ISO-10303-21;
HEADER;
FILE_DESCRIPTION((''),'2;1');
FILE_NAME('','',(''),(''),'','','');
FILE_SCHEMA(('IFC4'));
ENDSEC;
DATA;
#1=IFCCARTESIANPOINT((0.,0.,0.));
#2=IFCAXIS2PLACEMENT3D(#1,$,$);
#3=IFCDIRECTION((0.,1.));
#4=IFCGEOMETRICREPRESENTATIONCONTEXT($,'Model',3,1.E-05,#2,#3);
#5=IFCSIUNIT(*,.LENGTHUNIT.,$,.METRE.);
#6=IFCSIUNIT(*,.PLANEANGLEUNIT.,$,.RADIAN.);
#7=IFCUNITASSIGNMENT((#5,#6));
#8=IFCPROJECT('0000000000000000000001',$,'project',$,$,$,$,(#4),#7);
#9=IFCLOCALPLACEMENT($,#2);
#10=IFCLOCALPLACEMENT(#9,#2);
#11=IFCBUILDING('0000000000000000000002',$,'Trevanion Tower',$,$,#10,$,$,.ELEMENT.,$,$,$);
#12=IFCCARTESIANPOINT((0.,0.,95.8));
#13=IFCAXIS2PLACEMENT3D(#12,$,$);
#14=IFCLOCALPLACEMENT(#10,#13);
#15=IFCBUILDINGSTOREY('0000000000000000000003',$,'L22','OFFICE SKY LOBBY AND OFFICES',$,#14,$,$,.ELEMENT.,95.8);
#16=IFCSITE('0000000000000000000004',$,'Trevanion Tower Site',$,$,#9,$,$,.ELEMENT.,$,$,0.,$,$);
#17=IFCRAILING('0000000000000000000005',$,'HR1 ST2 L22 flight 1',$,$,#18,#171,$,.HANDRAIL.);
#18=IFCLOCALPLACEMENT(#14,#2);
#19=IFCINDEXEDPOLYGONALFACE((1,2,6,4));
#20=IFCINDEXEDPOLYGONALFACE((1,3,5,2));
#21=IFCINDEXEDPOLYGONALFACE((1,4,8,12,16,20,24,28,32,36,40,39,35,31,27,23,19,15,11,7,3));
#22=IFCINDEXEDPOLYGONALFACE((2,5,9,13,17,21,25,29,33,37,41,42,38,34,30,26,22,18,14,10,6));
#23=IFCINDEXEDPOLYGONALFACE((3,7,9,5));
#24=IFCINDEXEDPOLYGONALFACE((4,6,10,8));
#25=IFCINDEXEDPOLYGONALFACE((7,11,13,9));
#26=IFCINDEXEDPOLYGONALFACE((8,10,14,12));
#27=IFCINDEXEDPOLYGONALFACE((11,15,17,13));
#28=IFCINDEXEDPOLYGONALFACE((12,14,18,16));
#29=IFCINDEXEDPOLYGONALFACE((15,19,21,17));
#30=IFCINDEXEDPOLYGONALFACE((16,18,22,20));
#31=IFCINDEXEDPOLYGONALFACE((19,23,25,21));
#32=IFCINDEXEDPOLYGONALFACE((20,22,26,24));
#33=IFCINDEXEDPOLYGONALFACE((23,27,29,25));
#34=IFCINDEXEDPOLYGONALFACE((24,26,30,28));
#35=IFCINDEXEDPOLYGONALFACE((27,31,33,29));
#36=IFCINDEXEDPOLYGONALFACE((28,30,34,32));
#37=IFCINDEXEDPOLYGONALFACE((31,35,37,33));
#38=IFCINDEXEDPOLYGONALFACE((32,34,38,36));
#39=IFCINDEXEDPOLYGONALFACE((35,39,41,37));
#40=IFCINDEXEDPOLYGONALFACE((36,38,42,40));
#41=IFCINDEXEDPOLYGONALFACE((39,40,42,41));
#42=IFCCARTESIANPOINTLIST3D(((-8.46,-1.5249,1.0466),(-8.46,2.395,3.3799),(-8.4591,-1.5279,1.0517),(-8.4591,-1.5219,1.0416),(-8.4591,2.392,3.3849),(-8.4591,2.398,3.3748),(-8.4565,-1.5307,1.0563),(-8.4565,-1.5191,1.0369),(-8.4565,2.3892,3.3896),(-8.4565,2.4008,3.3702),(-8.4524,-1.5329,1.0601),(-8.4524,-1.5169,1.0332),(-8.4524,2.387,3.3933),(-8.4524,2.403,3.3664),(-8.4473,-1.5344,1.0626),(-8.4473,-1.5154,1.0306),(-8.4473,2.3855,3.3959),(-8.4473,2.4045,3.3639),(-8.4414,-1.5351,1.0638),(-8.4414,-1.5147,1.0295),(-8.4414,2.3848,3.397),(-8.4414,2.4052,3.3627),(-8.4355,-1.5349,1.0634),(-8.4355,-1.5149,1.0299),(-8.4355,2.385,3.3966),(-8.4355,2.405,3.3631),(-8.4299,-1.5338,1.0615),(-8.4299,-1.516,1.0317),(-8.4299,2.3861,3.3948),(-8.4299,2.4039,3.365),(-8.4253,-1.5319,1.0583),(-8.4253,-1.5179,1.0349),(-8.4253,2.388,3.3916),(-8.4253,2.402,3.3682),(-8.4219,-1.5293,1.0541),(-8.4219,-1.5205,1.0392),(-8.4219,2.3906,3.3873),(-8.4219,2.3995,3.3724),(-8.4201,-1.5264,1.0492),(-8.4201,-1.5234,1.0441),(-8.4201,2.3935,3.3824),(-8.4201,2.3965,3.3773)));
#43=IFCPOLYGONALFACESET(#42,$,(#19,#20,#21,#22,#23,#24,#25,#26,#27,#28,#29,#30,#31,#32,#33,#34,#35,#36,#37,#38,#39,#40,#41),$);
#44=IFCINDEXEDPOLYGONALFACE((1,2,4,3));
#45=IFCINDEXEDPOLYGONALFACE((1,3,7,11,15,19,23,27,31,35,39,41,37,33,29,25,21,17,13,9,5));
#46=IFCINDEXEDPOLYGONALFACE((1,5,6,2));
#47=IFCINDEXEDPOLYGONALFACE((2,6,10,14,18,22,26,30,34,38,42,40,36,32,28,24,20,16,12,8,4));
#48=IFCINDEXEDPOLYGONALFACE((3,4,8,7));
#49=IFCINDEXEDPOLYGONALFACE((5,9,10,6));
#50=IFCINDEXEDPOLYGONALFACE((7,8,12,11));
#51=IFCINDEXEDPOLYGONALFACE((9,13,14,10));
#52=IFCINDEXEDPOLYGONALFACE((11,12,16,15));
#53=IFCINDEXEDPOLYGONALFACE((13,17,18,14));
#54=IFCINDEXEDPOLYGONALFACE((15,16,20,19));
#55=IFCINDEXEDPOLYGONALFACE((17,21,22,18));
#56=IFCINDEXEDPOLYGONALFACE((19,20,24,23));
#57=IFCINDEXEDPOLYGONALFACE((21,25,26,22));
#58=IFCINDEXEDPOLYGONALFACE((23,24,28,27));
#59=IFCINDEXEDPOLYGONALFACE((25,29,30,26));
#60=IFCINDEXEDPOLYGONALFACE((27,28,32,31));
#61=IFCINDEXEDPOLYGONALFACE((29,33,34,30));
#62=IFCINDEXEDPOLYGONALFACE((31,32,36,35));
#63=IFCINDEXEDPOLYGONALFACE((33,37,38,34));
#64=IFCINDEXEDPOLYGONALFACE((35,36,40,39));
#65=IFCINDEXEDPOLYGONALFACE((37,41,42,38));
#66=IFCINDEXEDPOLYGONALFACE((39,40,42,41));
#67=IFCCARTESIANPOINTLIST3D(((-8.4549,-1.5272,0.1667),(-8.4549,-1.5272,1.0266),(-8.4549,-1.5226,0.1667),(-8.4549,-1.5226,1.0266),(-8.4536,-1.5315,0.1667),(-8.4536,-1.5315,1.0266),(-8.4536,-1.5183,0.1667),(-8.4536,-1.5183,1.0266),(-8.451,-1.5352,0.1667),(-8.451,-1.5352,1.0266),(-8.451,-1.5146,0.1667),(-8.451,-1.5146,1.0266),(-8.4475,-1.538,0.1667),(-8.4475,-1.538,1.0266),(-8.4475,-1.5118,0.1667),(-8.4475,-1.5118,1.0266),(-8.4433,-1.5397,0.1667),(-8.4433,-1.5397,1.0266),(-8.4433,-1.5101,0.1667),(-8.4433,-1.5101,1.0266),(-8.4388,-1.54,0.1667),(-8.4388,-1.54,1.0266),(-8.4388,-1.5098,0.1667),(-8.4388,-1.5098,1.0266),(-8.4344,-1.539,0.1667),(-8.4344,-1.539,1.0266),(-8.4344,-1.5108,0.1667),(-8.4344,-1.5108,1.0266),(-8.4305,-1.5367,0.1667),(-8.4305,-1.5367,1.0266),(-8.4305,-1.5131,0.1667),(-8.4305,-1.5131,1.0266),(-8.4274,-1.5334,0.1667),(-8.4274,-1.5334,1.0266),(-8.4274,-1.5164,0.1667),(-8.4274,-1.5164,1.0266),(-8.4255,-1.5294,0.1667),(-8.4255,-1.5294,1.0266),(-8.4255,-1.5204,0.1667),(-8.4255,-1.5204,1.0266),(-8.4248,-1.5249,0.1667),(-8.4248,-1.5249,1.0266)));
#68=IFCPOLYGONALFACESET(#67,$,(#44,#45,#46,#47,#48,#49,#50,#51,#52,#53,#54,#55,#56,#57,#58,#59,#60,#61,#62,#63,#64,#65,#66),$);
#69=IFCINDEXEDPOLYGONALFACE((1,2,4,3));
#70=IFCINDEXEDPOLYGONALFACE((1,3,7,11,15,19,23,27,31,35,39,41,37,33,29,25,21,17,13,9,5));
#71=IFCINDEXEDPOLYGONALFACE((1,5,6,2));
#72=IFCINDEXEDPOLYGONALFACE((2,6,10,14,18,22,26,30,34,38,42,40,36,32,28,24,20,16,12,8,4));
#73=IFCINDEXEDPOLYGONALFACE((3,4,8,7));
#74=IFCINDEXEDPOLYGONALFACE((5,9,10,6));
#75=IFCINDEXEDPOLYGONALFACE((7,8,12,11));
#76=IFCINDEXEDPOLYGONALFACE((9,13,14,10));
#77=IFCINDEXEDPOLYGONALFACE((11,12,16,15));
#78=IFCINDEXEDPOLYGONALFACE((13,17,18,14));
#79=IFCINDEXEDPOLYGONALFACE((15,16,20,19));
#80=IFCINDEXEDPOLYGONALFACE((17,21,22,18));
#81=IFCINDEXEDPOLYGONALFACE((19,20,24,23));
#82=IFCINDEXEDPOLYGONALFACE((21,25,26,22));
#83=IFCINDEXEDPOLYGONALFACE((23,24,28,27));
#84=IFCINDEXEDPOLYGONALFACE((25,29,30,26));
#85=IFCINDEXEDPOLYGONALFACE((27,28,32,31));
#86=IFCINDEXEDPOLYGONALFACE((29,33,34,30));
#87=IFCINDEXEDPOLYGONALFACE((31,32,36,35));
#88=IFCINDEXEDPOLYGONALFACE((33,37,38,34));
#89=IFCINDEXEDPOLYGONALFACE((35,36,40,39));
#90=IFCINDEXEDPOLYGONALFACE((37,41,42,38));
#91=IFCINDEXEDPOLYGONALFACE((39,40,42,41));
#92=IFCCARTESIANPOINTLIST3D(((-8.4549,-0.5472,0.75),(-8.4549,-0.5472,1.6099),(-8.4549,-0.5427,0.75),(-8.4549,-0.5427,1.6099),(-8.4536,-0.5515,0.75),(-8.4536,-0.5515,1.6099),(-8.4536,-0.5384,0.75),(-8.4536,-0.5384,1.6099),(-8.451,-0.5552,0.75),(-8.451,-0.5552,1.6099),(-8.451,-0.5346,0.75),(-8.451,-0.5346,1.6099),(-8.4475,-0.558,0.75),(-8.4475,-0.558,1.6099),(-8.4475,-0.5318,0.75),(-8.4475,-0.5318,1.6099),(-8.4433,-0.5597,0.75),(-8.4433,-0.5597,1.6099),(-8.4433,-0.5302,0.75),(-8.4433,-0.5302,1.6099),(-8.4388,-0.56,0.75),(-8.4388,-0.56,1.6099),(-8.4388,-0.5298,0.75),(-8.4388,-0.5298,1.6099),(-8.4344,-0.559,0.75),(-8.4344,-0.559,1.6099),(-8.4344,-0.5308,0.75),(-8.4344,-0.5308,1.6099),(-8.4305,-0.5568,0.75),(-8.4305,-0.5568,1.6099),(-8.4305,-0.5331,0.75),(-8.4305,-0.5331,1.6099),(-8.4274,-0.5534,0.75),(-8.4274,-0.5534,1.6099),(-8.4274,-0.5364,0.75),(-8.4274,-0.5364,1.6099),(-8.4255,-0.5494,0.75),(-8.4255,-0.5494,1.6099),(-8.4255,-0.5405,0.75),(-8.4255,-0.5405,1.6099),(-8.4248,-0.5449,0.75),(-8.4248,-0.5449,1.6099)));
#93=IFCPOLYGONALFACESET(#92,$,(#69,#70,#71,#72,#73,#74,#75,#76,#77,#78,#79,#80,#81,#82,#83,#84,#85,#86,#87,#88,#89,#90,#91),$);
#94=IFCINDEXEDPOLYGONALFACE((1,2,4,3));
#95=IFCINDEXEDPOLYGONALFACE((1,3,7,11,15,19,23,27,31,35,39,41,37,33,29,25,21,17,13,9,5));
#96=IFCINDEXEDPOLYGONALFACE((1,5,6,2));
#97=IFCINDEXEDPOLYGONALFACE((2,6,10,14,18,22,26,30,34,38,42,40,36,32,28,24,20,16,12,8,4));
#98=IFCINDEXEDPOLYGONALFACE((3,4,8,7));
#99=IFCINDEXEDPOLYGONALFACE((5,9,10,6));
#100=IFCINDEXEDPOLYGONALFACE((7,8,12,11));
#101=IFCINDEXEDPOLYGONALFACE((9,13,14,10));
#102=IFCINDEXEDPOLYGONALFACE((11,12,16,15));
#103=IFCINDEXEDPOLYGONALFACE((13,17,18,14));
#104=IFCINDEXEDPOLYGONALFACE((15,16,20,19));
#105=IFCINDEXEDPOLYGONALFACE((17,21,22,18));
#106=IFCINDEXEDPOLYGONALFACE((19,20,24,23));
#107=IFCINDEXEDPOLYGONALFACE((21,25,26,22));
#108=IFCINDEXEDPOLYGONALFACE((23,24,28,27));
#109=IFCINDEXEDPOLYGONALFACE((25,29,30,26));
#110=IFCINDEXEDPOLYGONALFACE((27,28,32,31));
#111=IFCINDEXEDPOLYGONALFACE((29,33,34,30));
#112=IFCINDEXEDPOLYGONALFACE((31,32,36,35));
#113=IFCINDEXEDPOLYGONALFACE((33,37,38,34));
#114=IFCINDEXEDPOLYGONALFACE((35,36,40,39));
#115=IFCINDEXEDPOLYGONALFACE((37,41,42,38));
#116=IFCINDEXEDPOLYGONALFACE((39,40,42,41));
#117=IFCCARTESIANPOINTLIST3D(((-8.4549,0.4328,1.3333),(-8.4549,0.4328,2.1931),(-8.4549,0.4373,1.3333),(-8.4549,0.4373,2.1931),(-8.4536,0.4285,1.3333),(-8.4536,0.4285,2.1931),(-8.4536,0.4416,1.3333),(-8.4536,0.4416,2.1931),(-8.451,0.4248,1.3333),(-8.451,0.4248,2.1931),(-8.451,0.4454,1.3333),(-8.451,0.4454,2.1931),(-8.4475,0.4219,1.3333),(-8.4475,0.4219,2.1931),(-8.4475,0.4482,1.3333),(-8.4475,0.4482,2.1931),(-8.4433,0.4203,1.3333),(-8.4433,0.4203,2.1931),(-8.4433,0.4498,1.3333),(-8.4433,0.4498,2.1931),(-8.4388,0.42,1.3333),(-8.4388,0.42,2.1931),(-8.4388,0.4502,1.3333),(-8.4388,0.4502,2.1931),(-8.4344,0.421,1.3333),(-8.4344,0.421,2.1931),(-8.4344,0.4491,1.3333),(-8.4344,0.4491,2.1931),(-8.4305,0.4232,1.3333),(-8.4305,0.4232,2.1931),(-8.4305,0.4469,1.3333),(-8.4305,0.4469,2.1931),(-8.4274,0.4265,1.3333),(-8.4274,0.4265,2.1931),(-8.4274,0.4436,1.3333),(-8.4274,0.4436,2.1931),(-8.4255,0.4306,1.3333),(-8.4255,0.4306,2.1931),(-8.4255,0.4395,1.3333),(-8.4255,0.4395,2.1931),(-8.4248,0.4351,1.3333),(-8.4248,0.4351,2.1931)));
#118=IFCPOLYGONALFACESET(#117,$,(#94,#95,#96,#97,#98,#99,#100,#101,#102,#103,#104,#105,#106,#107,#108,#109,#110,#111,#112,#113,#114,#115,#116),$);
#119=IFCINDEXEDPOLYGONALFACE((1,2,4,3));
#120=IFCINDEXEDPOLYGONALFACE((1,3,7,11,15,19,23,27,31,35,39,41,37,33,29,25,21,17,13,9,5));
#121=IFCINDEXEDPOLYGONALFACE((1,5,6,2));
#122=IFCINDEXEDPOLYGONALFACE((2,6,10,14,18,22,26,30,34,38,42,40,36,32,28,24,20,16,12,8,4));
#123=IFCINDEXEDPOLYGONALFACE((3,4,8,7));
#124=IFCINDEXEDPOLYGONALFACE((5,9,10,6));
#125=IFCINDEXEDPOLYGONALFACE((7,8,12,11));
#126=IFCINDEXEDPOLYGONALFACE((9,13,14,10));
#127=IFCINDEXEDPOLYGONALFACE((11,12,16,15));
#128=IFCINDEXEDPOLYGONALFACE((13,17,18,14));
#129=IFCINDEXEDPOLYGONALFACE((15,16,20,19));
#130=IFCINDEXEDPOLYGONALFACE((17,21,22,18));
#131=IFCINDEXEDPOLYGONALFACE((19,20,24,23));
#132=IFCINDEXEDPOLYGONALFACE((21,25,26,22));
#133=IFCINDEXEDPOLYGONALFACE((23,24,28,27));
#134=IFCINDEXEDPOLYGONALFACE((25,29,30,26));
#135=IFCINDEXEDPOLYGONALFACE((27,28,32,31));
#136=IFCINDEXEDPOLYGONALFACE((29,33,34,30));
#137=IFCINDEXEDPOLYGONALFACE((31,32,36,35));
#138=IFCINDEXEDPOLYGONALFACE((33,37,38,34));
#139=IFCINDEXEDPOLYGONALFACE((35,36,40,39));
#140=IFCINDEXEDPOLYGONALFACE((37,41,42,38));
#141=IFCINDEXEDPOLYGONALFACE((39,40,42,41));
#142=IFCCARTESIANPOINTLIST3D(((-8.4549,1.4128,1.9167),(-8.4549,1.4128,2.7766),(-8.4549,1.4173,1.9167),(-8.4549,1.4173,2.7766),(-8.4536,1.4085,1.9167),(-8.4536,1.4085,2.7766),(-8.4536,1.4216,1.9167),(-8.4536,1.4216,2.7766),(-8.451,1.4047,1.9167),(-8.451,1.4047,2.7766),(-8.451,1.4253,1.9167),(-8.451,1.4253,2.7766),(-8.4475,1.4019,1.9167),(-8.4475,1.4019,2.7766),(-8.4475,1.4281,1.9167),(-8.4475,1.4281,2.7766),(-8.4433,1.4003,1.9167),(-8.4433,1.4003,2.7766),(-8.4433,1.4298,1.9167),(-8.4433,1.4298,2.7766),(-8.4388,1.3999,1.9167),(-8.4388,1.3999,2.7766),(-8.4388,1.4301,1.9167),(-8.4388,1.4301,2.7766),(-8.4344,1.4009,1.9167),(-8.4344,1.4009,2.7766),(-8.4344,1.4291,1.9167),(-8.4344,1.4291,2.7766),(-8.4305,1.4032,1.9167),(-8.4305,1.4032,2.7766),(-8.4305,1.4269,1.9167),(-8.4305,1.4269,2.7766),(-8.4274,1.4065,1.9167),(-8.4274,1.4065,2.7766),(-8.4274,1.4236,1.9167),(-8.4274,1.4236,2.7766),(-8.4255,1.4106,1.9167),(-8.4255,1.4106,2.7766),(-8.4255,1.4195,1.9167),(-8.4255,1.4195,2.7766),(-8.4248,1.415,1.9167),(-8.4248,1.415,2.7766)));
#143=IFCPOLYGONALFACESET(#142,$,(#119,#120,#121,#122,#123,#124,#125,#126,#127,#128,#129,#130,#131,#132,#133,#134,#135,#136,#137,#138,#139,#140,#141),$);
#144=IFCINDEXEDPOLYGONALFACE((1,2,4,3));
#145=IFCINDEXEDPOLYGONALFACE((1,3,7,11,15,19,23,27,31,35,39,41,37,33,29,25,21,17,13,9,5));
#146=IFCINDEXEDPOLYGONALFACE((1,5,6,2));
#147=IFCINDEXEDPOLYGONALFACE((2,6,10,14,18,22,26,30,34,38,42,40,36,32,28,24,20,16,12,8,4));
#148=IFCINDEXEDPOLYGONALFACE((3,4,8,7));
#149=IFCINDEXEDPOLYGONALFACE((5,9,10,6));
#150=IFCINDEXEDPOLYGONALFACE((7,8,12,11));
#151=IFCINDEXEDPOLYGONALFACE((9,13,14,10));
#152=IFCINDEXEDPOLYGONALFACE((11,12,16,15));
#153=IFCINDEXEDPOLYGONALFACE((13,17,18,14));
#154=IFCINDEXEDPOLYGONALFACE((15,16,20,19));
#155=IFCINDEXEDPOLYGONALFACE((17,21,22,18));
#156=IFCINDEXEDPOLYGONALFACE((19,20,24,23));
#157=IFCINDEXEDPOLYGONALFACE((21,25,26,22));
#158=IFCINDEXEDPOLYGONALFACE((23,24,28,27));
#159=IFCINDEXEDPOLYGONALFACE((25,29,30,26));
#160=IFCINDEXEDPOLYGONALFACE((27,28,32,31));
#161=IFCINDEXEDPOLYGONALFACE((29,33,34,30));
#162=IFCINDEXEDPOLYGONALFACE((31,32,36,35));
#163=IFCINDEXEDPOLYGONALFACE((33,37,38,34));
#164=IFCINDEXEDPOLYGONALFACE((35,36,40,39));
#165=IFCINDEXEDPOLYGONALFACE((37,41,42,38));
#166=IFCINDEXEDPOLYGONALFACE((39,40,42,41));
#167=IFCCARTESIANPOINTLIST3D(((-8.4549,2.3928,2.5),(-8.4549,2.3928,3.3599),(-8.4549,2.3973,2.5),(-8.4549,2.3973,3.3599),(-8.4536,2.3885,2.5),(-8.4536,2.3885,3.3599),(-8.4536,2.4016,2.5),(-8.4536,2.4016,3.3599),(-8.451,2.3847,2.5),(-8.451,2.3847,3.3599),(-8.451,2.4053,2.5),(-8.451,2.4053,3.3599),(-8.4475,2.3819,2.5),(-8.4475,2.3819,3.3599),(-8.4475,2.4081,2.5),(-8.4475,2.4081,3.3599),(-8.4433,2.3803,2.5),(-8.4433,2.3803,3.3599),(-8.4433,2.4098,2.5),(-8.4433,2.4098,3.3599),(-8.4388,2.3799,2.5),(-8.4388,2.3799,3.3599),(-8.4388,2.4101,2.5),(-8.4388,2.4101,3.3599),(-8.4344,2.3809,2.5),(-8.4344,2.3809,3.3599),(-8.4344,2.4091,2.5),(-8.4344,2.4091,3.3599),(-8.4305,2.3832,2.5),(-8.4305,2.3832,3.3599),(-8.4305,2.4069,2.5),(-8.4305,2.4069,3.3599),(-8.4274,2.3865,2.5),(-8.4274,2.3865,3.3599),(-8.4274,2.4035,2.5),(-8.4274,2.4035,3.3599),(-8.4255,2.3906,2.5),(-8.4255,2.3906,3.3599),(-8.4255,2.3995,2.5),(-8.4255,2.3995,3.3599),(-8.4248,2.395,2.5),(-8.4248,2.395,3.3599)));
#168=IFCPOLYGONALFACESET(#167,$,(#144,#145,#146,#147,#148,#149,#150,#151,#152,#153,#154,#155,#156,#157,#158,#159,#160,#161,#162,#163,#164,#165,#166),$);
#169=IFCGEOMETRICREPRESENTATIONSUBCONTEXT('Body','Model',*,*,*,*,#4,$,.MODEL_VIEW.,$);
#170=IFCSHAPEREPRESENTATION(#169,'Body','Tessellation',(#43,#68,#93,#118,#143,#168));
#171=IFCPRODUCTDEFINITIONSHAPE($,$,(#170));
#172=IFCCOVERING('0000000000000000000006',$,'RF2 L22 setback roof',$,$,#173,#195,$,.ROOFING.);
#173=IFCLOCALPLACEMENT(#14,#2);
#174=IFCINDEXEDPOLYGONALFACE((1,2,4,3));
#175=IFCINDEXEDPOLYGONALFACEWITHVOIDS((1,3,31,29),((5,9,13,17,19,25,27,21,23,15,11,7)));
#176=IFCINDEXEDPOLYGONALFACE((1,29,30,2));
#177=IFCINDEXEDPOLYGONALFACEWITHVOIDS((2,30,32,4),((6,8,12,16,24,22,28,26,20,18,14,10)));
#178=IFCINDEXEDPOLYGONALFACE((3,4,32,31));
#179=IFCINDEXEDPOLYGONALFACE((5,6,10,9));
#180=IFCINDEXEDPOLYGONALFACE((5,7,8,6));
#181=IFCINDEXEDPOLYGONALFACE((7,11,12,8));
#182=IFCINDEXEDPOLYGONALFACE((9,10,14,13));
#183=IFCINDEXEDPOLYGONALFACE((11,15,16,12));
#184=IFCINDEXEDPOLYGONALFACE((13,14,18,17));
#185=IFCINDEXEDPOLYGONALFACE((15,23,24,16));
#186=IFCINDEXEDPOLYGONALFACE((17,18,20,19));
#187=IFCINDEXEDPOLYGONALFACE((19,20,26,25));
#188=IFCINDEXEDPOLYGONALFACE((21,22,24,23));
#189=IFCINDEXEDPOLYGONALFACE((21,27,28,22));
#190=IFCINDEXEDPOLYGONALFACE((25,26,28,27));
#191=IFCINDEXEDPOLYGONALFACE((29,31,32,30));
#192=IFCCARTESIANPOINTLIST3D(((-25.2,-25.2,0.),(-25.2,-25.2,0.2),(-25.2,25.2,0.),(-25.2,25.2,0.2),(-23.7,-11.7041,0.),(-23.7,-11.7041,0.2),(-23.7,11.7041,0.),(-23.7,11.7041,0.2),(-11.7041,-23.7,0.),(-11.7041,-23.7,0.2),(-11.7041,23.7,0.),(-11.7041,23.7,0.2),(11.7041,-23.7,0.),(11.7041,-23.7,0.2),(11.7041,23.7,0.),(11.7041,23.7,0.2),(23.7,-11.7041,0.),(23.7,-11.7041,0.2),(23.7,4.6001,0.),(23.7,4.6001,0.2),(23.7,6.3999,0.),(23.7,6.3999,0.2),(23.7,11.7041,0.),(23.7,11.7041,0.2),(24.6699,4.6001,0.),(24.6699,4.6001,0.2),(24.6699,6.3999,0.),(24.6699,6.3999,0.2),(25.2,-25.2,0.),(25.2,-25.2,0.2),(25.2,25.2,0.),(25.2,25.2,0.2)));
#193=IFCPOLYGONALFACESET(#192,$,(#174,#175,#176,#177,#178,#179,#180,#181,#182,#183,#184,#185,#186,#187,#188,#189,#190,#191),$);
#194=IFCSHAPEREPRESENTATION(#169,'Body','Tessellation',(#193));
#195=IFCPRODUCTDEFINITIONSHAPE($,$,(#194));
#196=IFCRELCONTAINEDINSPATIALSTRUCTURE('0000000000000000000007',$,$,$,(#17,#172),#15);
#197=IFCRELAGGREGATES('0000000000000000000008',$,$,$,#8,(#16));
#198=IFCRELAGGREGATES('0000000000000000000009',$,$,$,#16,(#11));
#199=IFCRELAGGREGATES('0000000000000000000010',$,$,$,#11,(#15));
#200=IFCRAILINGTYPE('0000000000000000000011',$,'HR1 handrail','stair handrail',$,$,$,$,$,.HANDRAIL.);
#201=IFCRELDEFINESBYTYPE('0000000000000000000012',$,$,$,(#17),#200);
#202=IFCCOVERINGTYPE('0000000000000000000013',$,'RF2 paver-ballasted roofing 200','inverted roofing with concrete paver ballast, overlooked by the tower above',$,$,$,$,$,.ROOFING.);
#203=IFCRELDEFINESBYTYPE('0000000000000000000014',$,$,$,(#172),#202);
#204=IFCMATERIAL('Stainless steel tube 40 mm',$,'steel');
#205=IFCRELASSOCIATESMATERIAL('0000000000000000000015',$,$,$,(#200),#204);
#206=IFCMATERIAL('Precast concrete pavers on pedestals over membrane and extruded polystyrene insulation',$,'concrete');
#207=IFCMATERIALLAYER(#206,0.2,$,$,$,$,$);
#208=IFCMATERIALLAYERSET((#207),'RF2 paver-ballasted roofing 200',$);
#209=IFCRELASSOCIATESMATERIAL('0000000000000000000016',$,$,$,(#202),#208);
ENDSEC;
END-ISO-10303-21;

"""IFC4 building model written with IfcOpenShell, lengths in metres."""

from ifc_helpers import new_model, si_unit, direction, frame, origin, origin_2d, place, context, subcontext, project, spatial, polyline, circle, outline, extrude, material, layer, layer_set, type_object, element, save


model = new_model("IFC4")

# Units and contexts
model_context = context("Model", 3, precision=1e-05, world=origin(), true_north=direction((0.0, 1.0)))
body_context = subcontext(model_context, "Body", "Model", "MODEL_VIEW")
ifc_project = project(units=[si_unit("LENGTHUNIT", "METRE"), si_unit("PLANEANGLEUNIT", "RADIAN")], contexts=[model_context])

# Site, building, storey
site_placement = place(None, origin())
site = spatial("IfcSite", under=ifc_project, at=site_placement, Name="Trevanion Tower Site", CompositionType="ELEMENT", RefElevation=0.0)
building_placement = place(site_placement, origin())
building = spatial("IfcBuilding", under=site, at=building_placement, Name="Trevanion Tower", CompositionType="ELEMENT")
storey_placement = place(building_placement, frame((0.0, 0.0, 95.8)))
storey = spatial("IfcBuildingStorey", under=building, at=storey_placement, Name="L22", Description="OFFICE SKY LOBBY AND OFFICES", CompositionType="ELEMENT", Elevation=95.8)

# Railing
ifc_material_1 = material(Name="Stainless steel tube 40 mm", Category="steel")
railing_type = type_object("IfcRailingType", Name="HR1 handrail", Description="stair handrail", PredefinedType="HANDRAIL", material=ifc_material_1)
for number, where, name in (
    (1, (-8.4399, -1.5249, 0.1667), "HR1 ST2 L22 flight 1"),
):
    element("IfcRailing", number, at=place(storey_placement, frame(where)), inside=storey, type_object=railing_type, Name=name, PredefinedType="HANDRAIL", context=body_context, shape_type="SweptSolid", body=[
        extrude(circle(Radius=0.02, at=origin_2d()), frame((0.0, 0.0, 0.8799), z_axis=(0.0, 0.859296, 0.511478), x_axis=(-1.0, 0.0, 0.0)), (0.0, 0.0, 1.0), 4.5618),
        extrude(circle(Radius=0.0151, at=origin_2d()), origin(), (0.0, 0.0, 1.0), 0.8599),
        extrude(circle(Radius=0.0151, at=origin_2d()), frame((0.0, 0.98, 0.5833)), (0.0, 0.0, 1.0), 0.8599),
        extrude(circle(Radius=0.0151, at=origin_2d()), frame((0.0, 1.96, 1.1665)), (0.0, 0.0, 1.0), 0.8599),
        extrude(circle(Radius=0.0151, at=origin_2d()), frame((0.0, 2.9399, 1.75)), (0.0, 0.0, 1.0), 0.8599),
        extrude(circle(Radius=0.0151, at=origin_2d()), frame((0.0, 3.9199, 2.3333)), (0.0, 0.0, 1.0), 0.8599),
    ])

# Covering
ifc_material_2 = material(Name="Precast concrete pavers on pedestals over membrane and extruded polystyrene insulation", Category="concrete")
ifc_layer_1 = layer(ifc_material_2, 0.2)
ifc_layer_set_1 = layer_set([ifc_layer_1], Name="RF2 paver-ballasted roofing 200")
covering_type_1 = type_object("IfcCoveringType", Name="RF2 paver-ballasted roofing 200", Description="inverted roofing with concrete paver ballast, overlooked by the tower above", PredefinedType="ROOFING", material=ifc_layer_set_1)
covering_1_placement = place(storey_placement, origin())
element("IfcCovering", 2, at=covering_1_placement, inside=storey, type_object=covering_type_1, Name="RF2 L22 setback roof", PredefinedType="ROOFING", context=body_context, shape_type="SweptSolid", body=[
    extrude(outline(polyline([(-25.2, 25.2), (25.2, 25.2), (25.2, -25.2), (-25.2, -25.2), (-25.2, 25.2)]), holes=[polyline([(11.7041, 23.7), (-11.7041, 23.7), (-23.7, 11.7041), (-23.7, -11.7041), (-11.7041, -23.7), (11.7041, -23.7), (23.7, -11.7041), (23.7, 4.6001), (24.6699, 4.6001), (24.6699, 6.3999), (23.7, 6.3999), (23.7, 11.7041), (11.7041, 23.7)])]), origin(), (0.0, 0.0, 1.0), 0.2),
])

save(model, "model.ifc")
